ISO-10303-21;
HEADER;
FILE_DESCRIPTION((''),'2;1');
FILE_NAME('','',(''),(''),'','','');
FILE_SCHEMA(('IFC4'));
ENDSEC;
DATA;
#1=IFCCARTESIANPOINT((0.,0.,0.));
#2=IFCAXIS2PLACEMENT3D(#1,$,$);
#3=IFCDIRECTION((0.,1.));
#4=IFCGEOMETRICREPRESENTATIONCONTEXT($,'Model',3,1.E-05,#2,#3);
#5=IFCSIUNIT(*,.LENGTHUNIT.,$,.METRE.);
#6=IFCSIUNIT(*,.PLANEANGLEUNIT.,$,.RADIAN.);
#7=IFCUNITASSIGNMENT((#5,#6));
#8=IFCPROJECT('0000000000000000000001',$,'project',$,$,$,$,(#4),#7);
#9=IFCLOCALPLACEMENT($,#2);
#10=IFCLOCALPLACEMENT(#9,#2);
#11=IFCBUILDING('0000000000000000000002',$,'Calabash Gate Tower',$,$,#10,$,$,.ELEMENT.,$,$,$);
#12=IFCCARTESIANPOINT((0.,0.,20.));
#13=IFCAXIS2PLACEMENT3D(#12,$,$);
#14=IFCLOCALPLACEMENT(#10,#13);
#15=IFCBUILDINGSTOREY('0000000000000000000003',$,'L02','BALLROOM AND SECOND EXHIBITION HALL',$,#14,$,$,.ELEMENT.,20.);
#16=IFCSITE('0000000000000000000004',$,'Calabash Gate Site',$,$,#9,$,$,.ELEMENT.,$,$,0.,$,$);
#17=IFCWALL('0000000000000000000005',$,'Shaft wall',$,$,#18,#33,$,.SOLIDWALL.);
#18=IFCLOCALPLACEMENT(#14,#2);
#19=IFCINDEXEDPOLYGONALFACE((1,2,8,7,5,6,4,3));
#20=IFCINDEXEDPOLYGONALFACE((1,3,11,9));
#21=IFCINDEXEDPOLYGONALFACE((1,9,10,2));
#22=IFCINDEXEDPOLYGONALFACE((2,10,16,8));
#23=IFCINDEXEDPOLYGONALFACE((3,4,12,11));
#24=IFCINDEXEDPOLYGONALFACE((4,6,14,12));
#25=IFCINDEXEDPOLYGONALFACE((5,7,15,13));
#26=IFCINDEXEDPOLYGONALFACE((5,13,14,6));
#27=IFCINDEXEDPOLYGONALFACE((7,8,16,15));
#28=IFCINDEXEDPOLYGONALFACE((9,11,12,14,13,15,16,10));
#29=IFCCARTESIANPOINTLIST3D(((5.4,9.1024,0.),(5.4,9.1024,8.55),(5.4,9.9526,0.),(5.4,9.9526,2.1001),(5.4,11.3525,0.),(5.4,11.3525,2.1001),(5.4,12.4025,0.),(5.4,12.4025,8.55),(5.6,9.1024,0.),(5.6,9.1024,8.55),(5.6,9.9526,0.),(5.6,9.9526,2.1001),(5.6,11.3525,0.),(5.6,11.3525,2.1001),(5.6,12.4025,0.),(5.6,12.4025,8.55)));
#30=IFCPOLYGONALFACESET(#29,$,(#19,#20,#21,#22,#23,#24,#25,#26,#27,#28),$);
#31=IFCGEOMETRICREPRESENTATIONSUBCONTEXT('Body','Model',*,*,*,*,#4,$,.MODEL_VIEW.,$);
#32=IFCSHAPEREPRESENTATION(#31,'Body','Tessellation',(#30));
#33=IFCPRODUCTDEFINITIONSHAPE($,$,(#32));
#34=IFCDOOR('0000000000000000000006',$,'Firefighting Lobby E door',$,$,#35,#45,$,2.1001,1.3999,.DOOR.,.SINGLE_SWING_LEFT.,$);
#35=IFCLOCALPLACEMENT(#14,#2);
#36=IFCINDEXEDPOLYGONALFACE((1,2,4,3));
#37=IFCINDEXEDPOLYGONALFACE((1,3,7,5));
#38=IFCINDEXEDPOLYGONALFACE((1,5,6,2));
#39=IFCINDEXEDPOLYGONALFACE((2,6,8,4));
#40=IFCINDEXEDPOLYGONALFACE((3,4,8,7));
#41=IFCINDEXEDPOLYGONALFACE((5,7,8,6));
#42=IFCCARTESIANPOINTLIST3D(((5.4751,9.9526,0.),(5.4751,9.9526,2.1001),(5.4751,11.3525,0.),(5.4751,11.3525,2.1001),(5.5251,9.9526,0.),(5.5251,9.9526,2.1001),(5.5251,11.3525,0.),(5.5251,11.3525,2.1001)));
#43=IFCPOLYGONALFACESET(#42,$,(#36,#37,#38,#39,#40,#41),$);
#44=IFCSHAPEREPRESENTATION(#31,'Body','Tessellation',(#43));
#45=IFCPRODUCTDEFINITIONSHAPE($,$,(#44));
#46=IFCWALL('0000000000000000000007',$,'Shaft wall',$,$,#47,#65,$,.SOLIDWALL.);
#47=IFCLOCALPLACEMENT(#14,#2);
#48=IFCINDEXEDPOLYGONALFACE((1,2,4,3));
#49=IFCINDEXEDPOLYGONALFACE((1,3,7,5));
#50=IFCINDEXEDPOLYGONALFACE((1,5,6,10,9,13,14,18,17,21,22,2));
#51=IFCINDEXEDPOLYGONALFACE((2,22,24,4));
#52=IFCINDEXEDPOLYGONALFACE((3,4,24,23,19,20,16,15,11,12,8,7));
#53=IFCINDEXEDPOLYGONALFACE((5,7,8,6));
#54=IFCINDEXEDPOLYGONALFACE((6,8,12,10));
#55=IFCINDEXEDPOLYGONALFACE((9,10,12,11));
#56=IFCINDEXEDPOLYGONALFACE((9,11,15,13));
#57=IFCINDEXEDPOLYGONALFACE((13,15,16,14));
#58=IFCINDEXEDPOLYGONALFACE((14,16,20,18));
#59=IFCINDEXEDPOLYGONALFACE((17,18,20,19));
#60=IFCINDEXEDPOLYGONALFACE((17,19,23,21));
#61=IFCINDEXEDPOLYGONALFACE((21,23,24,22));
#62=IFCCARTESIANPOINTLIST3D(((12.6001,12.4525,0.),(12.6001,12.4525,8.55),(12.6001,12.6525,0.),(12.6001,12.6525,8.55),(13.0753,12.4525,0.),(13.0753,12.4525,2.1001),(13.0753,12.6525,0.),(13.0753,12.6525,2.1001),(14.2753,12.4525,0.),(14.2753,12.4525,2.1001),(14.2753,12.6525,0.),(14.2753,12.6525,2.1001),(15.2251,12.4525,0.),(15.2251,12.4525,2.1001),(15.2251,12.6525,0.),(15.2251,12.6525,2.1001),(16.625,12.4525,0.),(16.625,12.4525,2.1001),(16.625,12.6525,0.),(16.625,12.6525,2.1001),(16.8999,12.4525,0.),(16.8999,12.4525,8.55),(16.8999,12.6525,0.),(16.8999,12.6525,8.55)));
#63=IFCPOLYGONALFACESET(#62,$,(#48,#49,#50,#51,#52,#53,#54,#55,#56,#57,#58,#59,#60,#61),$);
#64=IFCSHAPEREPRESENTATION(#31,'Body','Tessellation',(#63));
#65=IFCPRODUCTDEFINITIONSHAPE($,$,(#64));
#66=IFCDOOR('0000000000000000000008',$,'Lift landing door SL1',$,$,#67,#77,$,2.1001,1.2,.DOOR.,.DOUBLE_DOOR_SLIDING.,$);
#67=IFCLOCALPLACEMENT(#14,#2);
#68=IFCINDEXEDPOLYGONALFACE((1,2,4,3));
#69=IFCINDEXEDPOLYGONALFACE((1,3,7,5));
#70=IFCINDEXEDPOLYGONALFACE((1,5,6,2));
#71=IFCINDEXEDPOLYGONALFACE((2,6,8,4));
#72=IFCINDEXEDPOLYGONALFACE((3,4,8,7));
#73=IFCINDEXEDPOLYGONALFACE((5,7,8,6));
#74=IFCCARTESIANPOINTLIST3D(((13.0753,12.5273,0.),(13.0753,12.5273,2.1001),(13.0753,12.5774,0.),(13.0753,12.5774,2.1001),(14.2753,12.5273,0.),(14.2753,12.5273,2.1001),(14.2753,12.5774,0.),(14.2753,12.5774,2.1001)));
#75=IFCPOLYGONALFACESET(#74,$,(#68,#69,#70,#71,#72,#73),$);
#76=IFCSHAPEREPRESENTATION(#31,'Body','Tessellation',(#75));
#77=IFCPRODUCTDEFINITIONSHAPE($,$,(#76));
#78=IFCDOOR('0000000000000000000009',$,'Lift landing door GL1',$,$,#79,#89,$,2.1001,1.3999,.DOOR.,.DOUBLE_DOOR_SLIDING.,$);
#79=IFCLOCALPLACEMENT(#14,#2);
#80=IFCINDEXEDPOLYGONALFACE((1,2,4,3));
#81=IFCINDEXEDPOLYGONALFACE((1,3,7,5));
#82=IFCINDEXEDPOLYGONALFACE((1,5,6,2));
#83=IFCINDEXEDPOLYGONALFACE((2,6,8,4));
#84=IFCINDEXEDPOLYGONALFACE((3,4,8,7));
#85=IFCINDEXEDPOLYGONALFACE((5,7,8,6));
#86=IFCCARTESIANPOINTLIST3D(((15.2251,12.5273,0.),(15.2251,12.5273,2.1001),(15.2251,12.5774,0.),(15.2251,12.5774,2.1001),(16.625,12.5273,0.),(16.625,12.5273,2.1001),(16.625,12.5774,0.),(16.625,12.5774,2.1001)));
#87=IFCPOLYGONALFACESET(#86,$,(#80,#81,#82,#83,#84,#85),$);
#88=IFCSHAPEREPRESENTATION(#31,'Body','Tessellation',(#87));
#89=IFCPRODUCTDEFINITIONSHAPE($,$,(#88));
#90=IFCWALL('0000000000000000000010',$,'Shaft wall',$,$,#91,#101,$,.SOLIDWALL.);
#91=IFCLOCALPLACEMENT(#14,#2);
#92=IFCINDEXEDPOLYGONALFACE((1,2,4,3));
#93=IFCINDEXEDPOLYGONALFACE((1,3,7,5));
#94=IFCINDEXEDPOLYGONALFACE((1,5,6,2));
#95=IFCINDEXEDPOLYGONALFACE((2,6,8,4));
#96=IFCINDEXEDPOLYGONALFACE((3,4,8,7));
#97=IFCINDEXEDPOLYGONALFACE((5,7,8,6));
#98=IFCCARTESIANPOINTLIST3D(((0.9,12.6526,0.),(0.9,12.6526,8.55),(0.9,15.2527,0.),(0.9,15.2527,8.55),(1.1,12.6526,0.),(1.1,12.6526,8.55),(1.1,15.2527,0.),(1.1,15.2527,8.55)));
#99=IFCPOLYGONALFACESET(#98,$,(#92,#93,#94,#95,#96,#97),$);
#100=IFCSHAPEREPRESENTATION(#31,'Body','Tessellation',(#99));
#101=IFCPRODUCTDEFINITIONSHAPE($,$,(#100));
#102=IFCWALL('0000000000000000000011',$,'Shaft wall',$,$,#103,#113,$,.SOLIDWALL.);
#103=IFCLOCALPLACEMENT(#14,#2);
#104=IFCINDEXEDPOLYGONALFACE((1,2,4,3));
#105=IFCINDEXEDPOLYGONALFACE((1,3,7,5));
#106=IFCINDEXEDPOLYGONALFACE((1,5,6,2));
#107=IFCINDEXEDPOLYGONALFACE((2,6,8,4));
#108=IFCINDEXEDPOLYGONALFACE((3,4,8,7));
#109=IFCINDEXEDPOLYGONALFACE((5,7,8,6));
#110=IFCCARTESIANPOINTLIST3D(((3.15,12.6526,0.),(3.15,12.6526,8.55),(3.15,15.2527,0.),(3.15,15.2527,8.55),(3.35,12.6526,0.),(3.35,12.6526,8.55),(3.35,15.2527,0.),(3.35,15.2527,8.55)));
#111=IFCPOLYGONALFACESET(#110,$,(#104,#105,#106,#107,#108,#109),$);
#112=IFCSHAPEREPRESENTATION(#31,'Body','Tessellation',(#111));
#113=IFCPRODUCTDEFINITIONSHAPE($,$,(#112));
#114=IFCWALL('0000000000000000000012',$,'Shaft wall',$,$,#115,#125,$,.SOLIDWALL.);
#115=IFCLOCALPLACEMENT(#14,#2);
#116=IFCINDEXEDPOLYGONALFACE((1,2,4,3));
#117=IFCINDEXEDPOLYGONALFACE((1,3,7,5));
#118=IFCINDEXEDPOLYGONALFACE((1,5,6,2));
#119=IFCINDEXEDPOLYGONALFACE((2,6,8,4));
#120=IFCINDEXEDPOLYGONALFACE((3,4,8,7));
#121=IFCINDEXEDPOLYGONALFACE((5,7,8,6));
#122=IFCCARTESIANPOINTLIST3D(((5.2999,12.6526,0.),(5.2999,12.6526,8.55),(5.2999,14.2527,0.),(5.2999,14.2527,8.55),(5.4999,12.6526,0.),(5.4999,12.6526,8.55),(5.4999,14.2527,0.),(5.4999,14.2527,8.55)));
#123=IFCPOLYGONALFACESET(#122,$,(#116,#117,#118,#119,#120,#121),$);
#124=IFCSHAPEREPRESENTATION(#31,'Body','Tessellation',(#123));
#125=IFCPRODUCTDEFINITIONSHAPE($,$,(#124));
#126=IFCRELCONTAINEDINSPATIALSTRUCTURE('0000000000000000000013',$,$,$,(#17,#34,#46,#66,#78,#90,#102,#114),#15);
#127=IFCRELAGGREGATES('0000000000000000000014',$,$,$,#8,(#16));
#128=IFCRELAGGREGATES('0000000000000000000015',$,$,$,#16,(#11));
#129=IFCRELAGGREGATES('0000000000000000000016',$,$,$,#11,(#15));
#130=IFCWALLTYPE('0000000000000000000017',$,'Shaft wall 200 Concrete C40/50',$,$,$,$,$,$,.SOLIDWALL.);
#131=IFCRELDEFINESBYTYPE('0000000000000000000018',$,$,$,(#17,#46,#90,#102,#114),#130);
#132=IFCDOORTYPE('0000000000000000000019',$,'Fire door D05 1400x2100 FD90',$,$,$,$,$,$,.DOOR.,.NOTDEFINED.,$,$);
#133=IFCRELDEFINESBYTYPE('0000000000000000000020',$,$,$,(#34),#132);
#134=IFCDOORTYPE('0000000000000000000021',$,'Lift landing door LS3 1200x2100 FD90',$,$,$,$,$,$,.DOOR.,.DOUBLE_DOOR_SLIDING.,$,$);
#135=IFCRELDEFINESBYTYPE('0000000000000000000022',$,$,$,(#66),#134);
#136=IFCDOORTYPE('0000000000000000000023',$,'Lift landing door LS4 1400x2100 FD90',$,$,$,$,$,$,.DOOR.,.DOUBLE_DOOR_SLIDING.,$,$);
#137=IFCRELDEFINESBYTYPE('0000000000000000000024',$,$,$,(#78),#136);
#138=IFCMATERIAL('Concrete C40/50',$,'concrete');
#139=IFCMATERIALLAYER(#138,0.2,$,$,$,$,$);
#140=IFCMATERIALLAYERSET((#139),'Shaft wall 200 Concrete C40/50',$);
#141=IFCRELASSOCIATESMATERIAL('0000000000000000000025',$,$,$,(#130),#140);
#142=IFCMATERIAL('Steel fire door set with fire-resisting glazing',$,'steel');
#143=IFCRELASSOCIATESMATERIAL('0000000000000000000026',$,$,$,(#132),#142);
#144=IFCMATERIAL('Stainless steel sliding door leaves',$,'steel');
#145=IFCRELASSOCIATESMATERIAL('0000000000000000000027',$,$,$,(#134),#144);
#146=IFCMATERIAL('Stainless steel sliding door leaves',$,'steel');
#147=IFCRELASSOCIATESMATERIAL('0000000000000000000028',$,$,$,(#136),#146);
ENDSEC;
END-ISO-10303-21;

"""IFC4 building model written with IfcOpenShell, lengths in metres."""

from ifc_helpers import new_model, si_unit, direction, frame, frame_2d, origin, place, context, subcontext, project, spatial, rectangle, extrude, material, layer, layer_set, type_object, element, fill, save


model = new_model("IFC4")

# Units and contexts
model_context = context("Model", 3, precision=1e-05, world=origin(), true_north=direction((0.0, 1.0)))
body_context = subcontext(model_context, "Body", "Model", "MODEL_VIEW")
ifc_project = project(units=[si_unit("LENGTHUNIT", "METRE"), si_unit("PLANEANGLEUNIT", "RADIAN")], contexts=[model_context])

# Site, building, storey
site_placement = place(None, origin())
site = spatial("IfcSite", under=ifc_project, at=site_placement, Name="Calabash Gate Site", CompositionType="ELEMENT", RefElevation=0.0)
building_placement = place(site_placement, origin())
building = spatial("IfcBuilding", under=site, at=building_placement, Name="Calabash Gate Tower", CompositionType="ELEMENT")
storey_placement = place(building_placement, frame((0.0, 0.0, 20.0)))
storey = spatial("IfcBuildingStorey", under=building, at=storey_placement, Name="L02", Description="BALLROOM AND SECOND EXHIBITION HALL", CompositionType="ELEMENT", Elevation=20.0)

# Shared definitions
ifc_material_1 = material(Name="Concrete C40/50", Category="concrete")
ifc_layer_1 = layer(ifc_material_1, 0.2)
ifc_layer_set_1 = layer_set([ifc_layer_1], Name="Shaft wall 200 Concrete C40/50")
wall_type_1 = type_object("IfcWallType", Name="Shaft wall 200 Concrete C40/50", PredefinedType="SOLIDWALL", material=ifc_layer_set_1)

# Wall, opening, door
wall_1_placement = place(storey_placement, frame((5.5, 9.1025, 0.0), z_axis=(0.0, 0.0, 1.0), x_axis=(0.0, 1.0, 0.0)))
wall_1 = element("IfcWall", 1, at=wall_1_placement, inside=storey, type_object=wall_type_1, Name="Shaft wall", PredefinedType="SOLIDWALL", context=body_context, shape_type="SweptSolid", body=[
    extrude(rectangle(XDim=3.3, YDim=0.2, at=frame_2d((1.6499, 0.0))), origin(), (0.0, 0.0, 1.0), 8.55),
])
opening_1_placement = place(wall_1_placement, frame((0.8501, 0.0, 0.0)))
opening_1 = element("IfcOpeningElement", 2, at=opening_1_placement, cuts=wall_1, PredefinedType="OPENING", context=body_context, shape_type="SweptSolid", body=[
    extrude(rectangle(XDim=1.3999, YDim=2.1001, at=frame_2d((0.7, 1.05))), frame((0.0, 0.1099, 0.0), z_axis=(0.0, -1.0, 0.0), x_axis=(1.0, 0.0, 0.0)), (0.0, 0.0, 1.0), 0.22),
])
ifc_material_2 = material(Name="Steel fire door set with fire-resisting glazing", Category="steel")
door_type_1 = type_object("IfcDoorType", Name="Fire door D05 1400x2100 FD90", OperationType="NOTDEFINED", PredefinedType="DOOR", material=ifc_material_2)
door_1_placement = place(opening_1_placement, origin())
door_1 = element("IfcDoor", 3, at=door_1_placement, inside=storey, type_object=door_type_1, Name="Firefighting Lobby E door", OperationType="SINGLE_SWING_LEFT", OverallHeight=2.1001, OverallWidth=1.3999, PredefinedType="DOOR", context=body_context, shape_type="SweptSolid", body=[
    extrude(rectangle(XDim=1.3999, YDim=2.1001, at=frame_2d((0.7, 1.05))), frame((0.0, 0.0249, 0.0), z_axis=(0.0, -1.0, 0.0), x_axis=(1.0, 0.0, 0.0)), (0.0, 0.0, 1.0), 0.05),
])
fill(opening_1, door_1)

# Wall, openings, doors
wall_2_placement = place(storey_placement, frame((12.6001, 12.5525, 0.0), z_axis=(0.0, 0.0, 1.0), x_axis=(1.0, 0.0, 0.0)))
wall_2 = element("IfcWall", 4, at=wall_2_placement, inside=storey, type_object=wall_type_1, Name="Shaft wall", PredefinedType="SOLIDWALL", context=body_context, shape_type="SweptSolid", body=[
    extrude(rectangle(XDim=4.2998, YDim=0.2, at=frame_2d((2.1499, 0.0))), origin(), (0.0, 0.0, 1.0), 8.55),
])
opening_2_placement = place(wall_2_placement, frame((0.4751, 0.0, 0.0)))
opening_2 = element("IfcOpeningElement", 5, at=opening_2_placement, cuts=wall_2, PredefinedType="OPENING", context=body_context, shape_type="SweptSolid", body=[
    extrude(rectangle(XDim=1.2, YDim=2.1001, at=frame_2d((0.6001, 1.05))), frame((0.0, 0.1099, 0.0), z_axis=(0.0, -1.0, 0.0), x_axis=(1.0, 0.0, 0.0)), (0.0, 0.0, 1.0), 0.22),
])
opening_3_placement = place(wall_2_placement, frame((2.625, 0.0, 0.0)))
opening_3 = element("IfcOpeningElement", 6, at=opening_3_placement, cuts=wall_2, PredefinedType="OPENING", context=body_context, shape_type="SweptSolid", body=[
    extrude(rectangle(XDim=1.3999, YDim=2.1001, at=frame_2d((0.7, 1.05))), frame((0.0, 0.1099, 0.0), z_axis=(0.0, -1.0, 0.0), x_axis=(1.0, 0.0, 0.0)), (0.0, 0.0, 1.0), 0.22),
])
ifc_material_3 = material(Name="Stainless steel sliding door leaves", Category="steel")
door_type_2 = type_object("IfcDoorType", Name="Lift landing door LS3 1200x2100 FD90", OperationType="DOUBLE_DOOR_SLIDING", PredefinedType="DOOR", material=ifc_material_3)
door_2_placement = place(opening_2_placement, origin())
door_2 = element("IfcDoor", 7, at=door_2_placement, inside=storey, type_object=door_type_2, Name="Lift landing door SL1", OperationType="DOUBLE_DOOR_SLIDING", OverallHeight=2.1001, OverallWidth=1.2, PredefinedType="DOOR", context=body_context, shape_type="SweptSolid", body=[
    extrude(rectangle(XDim=1.2, YDim=2.1001, at=frame_2d((0.6001, 1.05))), frame((0.0, 0.0249, 0.0), z_axis=(0.0, -1.0, 0.0), x_axis=(1.0, 0.0, 0.0)), (0.0, 0.0, 1.0), 0.05),
])
fill(opening_2, door_2)
ifc_material_4 = material(Name="Stainless steel sliding door leaves", Category="steel")
door_type_3 = type_object("IfcDoorType", Name="Lift landing door LS4 1400x2100 FD90", OperationType="DOUBLE_DOOR_SLIDING", PredefinedType="DOOR", material=ifc_material_4)
door_3_placement = place(opening_3_placement, origin())
door_3 = element("IfcDoor", 8, at=door_3_placement, inside=storey, type_object=door_type_3, Name="Lift landing door GL1", OperationType="DOUBLE_DOOR_SLIDING", OverallHeight=2.1001, OverallWidth=1.3999, PredefinedType="DOOR", context=body_context, shape_type="SweptSolid", body=[
    extrude(rectangle(XDim=1.3999, YDim=2.1001, at=frame_2d((0.7, 1.05))), frame((0.0, 0.0249, 0.0), z_axis=(0.0, -1.0, 0.0), x_axis=(1.0, 0.0, 0.0)), (0.0, 0.0, 1.0), 0.05),
])
fill(opening_3, door_3)

# Walls
for number, where, z_axis, x_axis, name in (
    (9, (1.0, 12.6526, 0.0), (0.0, 0.0, 1.0), (0.0, 1.0, 0.0), "Shaft wall"),
    (10, (3.25, 12.6526, 0.0), (0.0, 0.0, 1.0), (0.0, 1.0, 0.0), "Shaft wall"),
):
    element("IfcWall", number, at=place(storey_placement, frame(where, z_axis=z_axis, x_axis=x_axis)), inside=storey, type_object=wall_type_1, Name=name, PredefinedType="SOLIDWALL", context=body_context, shape_type="SweptSolid", body=[
        extrude(rectangle(XDim=2.6001, YDim=0.2, at=frame_2d((1.3, 0.0))), origin(), (0.0, 0.0, 1.0), 8.55),
    ])
wall_3_placement = place(storey_placement, frame((5.3999, 12.6526, 0.0), z_axis=(0.0, 0.0, 1.0), x_axis=(0.0, 1.0, 0.0)))
element("IfcWall", 11, at=wall_3_placement, inside=storey, type_object=wall_type_1, Name="Shaft wall", PredefinedType="SOLIDWALL", context=body_context, shape_type="SweptSolid", body=[
    extrude(rectangle(XDim=1.6001, YDim=0.2, at=frame_2d((0.8, 0.0))), origin(), (0.0, 0.0, 1.0), 8.55),
])

save(model, "model.ifc")
